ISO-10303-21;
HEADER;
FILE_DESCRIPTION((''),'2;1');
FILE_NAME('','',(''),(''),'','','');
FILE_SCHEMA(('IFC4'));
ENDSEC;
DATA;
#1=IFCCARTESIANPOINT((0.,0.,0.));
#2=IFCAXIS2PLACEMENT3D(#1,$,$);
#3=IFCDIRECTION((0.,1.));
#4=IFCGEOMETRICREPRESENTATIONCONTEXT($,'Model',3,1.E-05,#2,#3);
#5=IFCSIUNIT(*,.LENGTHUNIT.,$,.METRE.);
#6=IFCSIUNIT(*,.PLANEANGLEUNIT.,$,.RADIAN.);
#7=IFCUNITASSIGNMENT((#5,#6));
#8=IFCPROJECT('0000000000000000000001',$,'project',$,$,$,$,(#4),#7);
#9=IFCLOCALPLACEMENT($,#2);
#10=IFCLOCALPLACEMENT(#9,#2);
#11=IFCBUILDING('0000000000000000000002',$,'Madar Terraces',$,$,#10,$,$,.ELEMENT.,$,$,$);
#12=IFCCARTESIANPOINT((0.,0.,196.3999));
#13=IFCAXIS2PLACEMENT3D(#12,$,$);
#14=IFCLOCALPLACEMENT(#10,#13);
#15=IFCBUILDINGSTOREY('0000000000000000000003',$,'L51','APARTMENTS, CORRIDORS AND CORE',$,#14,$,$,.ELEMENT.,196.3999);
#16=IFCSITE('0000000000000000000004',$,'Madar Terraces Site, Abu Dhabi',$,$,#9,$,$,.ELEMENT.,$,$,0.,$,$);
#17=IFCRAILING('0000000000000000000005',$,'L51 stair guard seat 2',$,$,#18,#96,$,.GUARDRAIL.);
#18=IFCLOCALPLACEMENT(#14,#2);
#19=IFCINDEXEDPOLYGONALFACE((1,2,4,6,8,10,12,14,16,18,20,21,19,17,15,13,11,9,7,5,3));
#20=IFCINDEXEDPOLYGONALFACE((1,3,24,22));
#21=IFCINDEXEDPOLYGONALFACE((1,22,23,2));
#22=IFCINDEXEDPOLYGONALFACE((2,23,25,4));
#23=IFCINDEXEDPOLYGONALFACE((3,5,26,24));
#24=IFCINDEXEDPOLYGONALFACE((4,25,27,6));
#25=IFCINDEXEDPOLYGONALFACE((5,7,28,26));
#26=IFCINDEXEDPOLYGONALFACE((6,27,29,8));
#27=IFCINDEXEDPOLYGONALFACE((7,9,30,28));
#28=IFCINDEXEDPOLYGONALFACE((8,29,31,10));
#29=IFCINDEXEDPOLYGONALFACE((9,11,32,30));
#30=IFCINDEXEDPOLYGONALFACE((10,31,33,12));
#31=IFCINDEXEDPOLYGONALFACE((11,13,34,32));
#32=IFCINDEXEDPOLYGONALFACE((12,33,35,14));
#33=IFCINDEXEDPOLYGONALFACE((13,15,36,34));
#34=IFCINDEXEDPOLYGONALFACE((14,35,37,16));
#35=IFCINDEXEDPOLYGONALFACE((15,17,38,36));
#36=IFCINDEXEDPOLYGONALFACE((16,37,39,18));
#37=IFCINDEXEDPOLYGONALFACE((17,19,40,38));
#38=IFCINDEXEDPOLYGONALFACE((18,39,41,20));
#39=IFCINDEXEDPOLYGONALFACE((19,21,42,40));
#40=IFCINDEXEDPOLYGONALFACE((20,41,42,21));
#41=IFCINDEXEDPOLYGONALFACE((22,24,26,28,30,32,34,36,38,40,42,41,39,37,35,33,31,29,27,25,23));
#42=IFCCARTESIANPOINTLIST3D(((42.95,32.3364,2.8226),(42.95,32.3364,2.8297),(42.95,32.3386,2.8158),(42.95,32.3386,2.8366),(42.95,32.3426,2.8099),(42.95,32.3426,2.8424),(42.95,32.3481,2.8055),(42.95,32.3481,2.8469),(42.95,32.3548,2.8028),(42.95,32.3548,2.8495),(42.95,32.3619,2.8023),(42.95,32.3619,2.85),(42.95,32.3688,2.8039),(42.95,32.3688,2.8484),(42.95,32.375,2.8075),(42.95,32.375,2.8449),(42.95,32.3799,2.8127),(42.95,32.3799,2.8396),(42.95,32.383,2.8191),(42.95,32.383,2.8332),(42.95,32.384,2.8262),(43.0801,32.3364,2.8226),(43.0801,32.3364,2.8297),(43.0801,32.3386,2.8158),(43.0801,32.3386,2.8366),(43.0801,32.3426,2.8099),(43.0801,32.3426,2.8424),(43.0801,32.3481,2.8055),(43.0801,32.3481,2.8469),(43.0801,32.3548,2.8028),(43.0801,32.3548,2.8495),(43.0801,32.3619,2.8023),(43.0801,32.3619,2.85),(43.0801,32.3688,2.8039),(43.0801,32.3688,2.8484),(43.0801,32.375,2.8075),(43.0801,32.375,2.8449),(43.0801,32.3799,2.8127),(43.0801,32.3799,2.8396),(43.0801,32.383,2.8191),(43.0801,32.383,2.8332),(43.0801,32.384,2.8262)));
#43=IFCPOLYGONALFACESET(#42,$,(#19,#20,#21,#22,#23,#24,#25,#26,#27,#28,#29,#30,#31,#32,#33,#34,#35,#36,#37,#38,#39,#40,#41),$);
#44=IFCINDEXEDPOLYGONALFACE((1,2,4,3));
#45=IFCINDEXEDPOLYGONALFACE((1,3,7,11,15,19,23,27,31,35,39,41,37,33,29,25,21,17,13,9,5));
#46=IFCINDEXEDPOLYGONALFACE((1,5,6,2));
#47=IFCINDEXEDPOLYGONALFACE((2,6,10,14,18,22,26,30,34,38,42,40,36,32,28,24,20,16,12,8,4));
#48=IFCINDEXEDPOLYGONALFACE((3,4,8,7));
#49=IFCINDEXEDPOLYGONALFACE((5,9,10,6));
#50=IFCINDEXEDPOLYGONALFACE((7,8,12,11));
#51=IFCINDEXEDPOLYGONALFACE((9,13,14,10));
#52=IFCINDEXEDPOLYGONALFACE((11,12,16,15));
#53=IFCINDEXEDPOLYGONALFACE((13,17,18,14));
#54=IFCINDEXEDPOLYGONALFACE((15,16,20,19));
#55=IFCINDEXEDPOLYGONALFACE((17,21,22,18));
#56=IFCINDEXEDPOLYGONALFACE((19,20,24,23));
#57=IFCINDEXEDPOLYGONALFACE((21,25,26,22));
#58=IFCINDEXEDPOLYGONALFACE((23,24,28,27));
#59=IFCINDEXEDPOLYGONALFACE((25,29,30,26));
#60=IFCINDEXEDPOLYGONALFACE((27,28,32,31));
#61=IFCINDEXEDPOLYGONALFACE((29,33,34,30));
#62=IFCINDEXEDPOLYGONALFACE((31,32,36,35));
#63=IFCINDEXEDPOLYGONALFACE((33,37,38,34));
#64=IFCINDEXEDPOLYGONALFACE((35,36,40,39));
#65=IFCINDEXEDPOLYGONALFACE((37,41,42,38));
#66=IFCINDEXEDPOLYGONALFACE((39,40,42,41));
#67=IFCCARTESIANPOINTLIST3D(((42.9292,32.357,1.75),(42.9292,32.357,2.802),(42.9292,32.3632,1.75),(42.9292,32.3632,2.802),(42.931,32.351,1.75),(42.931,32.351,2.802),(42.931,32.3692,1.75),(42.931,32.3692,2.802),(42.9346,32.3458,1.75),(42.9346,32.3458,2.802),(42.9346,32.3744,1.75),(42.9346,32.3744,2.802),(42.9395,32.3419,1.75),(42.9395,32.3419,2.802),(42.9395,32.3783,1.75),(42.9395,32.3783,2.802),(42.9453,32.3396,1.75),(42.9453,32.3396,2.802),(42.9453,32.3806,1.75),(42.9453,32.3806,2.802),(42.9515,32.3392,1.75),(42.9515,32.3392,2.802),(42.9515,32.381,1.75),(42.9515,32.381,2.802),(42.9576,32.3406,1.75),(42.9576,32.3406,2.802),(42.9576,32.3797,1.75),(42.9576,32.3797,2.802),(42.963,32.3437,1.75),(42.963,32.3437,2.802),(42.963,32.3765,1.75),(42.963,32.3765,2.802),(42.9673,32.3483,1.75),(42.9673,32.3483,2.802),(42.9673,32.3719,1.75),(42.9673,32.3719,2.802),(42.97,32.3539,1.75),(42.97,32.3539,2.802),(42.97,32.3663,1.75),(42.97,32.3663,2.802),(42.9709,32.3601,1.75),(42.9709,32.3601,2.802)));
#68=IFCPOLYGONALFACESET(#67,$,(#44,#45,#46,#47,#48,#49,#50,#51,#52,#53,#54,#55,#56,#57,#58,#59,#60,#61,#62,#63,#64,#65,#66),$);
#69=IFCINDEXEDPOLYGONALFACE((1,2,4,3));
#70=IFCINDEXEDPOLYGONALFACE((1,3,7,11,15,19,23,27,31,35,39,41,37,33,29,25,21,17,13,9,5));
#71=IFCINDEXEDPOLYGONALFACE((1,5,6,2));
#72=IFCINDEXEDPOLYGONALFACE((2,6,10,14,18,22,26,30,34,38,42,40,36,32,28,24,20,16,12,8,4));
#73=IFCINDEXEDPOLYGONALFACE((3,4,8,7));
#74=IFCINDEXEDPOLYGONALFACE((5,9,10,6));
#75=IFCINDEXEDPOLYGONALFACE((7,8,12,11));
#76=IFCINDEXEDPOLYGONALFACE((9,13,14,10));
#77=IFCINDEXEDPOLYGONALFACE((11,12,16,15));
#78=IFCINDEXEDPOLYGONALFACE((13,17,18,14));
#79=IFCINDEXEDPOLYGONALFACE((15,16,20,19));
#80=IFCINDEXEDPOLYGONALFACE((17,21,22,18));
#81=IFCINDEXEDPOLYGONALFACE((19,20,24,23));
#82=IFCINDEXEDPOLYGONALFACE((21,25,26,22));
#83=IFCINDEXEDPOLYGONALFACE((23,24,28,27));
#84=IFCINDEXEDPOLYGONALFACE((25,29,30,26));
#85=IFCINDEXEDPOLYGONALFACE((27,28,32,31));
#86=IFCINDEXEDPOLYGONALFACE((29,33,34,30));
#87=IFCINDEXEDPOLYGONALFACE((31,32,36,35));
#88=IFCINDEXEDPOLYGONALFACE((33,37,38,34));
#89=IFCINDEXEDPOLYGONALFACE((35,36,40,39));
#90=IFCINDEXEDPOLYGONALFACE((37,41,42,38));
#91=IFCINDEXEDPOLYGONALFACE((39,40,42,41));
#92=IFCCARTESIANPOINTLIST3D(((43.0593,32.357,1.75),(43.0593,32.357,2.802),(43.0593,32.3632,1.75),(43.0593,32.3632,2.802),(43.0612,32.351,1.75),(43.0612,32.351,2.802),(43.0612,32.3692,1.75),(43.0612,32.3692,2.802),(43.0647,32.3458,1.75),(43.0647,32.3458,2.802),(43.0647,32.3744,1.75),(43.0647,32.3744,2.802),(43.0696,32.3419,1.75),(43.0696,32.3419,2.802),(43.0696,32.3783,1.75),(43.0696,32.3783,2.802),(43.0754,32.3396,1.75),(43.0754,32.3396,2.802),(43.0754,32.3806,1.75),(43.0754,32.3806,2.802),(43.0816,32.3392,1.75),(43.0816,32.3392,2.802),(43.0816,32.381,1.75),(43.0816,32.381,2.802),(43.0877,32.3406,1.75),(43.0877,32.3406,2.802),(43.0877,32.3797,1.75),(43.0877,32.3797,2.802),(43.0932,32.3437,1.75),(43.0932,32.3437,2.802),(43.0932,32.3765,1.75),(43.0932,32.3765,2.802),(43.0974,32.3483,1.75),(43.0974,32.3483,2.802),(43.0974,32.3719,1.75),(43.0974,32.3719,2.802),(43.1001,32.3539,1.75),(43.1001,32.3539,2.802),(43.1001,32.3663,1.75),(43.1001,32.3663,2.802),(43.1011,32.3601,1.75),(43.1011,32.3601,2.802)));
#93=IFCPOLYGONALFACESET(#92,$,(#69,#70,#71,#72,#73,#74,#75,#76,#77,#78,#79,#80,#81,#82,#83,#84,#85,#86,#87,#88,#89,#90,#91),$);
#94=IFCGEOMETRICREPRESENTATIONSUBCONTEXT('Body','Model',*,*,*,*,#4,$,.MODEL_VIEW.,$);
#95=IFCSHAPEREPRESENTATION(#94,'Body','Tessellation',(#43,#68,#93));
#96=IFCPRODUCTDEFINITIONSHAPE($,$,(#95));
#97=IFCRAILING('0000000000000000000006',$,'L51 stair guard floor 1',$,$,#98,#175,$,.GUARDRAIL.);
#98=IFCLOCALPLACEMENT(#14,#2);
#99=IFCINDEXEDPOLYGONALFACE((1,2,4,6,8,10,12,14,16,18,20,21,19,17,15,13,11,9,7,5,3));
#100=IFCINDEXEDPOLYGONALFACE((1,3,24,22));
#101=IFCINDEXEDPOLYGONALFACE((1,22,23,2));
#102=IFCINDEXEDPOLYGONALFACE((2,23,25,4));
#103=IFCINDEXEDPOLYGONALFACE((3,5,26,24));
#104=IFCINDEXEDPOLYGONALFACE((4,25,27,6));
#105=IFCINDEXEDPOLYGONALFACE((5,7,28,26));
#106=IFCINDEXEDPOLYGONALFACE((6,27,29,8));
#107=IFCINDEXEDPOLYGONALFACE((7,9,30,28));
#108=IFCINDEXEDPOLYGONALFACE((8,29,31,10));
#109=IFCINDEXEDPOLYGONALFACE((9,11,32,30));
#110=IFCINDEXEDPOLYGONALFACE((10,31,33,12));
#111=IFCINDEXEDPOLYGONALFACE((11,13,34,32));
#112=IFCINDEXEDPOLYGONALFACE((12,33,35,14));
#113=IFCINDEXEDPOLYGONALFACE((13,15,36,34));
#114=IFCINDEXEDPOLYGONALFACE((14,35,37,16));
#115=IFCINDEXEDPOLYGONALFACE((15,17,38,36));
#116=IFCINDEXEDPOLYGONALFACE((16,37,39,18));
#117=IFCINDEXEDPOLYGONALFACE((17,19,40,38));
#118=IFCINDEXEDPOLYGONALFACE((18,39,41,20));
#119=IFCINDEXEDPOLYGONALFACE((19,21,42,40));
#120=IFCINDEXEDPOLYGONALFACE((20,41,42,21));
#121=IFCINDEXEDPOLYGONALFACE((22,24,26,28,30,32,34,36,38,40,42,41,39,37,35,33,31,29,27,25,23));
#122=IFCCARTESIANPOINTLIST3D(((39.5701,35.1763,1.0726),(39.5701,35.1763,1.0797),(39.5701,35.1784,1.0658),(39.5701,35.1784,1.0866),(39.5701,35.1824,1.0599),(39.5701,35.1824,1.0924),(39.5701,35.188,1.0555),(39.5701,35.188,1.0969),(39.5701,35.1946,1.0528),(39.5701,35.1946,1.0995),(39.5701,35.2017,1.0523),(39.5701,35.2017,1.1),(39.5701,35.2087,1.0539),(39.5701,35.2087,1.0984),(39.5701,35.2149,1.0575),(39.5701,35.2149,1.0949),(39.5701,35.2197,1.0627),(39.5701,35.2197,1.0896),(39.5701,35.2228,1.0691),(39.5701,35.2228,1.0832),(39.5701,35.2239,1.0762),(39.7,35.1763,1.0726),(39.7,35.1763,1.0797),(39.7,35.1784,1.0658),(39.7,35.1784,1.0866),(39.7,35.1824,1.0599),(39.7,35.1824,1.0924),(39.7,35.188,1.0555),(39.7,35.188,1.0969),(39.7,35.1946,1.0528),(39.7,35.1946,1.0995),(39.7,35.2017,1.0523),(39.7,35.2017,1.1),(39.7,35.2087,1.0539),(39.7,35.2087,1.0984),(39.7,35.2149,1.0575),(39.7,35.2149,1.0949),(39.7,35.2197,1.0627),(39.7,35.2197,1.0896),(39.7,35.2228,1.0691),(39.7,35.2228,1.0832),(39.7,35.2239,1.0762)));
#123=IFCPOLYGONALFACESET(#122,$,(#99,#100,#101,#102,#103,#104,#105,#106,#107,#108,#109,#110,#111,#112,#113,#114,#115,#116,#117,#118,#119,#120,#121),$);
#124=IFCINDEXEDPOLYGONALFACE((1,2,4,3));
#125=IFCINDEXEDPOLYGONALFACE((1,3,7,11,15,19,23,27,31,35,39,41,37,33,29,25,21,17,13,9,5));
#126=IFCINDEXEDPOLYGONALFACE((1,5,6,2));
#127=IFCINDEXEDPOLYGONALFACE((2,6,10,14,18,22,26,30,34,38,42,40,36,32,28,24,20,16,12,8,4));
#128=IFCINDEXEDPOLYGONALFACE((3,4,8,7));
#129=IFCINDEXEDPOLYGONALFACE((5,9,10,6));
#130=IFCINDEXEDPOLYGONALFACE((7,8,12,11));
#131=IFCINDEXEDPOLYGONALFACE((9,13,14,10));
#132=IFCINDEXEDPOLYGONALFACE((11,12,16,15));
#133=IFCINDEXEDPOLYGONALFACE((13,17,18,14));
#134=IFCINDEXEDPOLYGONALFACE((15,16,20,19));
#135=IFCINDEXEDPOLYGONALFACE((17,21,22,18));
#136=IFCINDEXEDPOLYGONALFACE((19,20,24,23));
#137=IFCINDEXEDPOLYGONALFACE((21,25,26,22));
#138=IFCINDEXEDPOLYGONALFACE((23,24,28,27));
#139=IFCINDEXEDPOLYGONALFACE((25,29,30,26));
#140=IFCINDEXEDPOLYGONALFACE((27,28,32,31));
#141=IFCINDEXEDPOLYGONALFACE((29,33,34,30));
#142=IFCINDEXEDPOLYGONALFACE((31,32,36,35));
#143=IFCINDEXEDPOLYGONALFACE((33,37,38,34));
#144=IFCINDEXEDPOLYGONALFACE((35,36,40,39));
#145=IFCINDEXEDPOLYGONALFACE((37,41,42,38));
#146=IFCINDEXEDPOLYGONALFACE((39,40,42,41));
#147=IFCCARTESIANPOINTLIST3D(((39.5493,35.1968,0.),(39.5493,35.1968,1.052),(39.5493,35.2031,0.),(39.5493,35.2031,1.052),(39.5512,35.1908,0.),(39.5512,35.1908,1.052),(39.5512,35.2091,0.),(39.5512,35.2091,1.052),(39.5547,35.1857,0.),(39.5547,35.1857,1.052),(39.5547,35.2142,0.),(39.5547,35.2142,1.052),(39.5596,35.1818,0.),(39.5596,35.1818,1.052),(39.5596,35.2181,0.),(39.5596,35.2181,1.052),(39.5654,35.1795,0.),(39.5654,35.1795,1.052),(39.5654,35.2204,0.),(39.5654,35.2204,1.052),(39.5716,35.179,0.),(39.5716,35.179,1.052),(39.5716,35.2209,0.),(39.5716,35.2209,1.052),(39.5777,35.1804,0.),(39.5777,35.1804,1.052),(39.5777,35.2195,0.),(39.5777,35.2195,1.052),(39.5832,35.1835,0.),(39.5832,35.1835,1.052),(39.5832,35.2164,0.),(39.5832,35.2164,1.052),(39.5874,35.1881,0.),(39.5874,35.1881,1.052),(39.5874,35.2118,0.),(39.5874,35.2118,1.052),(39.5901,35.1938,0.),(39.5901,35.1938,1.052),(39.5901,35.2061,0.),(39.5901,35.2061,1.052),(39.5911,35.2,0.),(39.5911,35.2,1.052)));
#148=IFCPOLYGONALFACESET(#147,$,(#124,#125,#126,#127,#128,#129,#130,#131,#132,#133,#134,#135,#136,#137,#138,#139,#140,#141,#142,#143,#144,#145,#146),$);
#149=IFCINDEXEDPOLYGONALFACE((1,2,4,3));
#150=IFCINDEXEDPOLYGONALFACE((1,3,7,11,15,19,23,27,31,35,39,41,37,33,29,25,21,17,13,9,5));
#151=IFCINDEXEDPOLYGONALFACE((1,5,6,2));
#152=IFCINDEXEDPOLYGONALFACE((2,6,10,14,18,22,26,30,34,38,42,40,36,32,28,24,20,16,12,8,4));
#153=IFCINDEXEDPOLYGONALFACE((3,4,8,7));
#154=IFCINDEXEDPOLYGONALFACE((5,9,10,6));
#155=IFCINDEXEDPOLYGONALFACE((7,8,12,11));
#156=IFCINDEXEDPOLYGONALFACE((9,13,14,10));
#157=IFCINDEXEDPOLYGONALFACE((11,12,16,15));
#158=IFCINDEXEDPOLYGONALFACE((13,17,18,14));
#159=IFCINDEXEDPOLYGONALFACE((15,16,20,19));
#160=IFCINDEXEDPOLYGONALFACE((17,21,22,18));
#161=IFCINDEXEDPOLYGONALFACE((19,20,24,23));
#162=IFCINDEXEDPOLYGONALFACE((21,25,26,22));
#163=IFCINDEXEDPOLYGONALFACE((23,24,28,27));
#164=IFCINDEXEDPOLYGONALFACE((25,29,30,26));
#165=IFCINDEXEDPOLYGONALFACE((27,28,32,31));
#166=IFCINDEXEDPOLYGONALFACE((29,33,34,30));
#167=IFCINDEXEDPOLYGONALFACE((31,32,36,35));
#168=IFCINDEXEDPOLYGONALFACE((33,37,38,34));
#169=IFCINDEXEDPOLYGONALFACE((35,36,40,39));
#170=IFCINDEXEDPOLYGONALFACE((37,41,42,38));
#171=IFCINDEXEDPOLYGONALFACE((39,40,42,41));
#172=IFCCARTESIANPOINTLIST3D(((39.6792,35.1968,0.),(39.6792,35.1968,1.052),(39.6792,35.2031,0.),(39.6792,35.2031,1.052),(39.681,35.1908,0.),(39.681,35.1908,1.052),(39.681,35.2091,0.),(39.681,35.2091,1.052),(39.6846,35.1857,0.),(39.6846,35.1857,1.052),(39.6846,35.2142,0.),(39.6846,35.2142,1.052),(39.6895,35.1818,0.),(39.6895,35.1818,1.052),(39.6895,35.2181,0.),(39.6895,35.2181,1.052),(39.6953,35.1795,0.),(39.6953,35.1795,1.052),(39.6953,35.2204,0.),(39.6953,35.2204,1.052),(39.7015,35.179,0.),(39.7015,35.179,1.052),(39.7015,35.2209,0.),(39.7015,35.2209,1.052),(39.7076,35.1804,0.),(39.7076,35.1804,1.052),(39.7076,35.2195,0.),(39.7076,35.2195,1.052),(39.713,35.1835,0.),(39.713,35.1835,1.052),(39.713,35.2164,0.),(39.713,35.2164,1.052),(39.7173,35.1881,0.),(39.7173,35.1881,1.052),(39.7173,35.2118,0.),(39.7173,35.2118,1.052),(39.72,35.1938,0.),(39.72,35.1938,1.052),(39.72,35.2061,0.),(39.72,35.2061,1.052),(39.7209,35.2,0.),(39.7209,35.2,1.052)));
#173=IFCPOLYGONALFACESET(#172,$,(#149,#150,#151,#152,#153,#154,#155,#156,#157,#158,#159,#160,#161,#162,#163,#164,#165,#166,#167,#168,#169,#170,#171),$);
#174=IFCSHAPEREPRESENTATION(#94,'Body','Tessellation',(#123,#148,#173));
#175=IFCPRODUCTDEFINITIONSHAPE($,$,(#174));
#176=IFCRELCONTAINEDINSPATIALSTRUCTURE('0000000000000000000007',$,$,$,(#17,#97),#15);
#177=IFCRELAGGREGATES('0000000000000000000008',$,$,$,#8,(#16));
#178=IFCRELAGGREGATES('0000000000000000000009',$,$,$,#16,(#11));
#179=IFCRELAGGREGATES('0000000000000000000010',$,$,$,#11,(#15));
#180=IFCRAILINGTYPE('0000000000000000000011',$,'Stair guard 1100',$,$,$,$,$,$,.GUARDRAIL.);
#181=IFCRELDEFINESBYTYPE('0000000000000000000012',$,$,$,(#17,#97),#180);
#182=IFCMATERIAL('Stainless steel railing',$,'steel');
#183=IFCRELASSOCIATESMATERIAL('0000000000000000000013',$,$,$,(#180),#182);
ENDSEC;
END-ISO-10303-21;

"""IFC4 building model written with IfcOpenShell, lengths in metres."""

from ifc_helpers import new_model, si_unit, direction, frame, origin, origin_2d, place, context, subcontext, project, spatial, circle, extrude, material, type_object, element, save


model = new_model("IFC4")

# Units and contexts
model_context = context("Model", 3, precision=1e-05, world=origin(), true_north=direction((0.0, 1.0)))
body_context = subcontext(model_context, "Body", "Model", "MODEL_VIEW")
ifc_project = project(units=[si_unit("LENGTHUNIT", "METRE"), si_unit("PLANEANGLEUNIT", "RADIAN")], contexts=[model_context])

# Site, building, storey
site_placement = place(None, origin())
site = spatial("IfcSite", under=ifc_project, at=site_placement, Name="Madar Terraces Site, Abu Dhabi", CompositionType="ELEMENT", RefElevation=0.0)
building_placement = place(site_placement, origin())
building = spatial("IfcBuilding", under=site, at=building_placement, Name="Madar Terraces", CompositionType="ELEMENT")
storey_placement = place(building_placement, frame((0.0, 0.0, 196.3999)))
storey = spatial("IfcBuildingStorey", under=building, at=storey_placement, Name="L51", Description="APARTMENTS, CORRIDORS AND CORE", CompositionType="ELEMENT", Elevation=196.3999)

# Railings
ifc_material_1 = material(Name="Stainless steel railing", Category="steel")
railing_type_1 = type_object("IfcRailingType", Name="Stair guard 1100", PredefinedType="GUARDRAIL", material=ifc_material_1)
railing_1_placement = place(storey_placement, frame((42.95, 32.3601, 1.75)))
element("IfcRailing", 1, at=railing_1_placement, inside=storey, type_object=railing_type_1, Name="L51 stair guard seat 2", PredefinedType="GUARDRAIL", context=body_context, shape_type="SweptSolid", body=[
    extrude(circle(Radius=0.0239, at=origin_2d()), frame((0.0, 0.0, 1.0762), z_axis=(1.0, 0.0, 0.0), x_axis=(0.0, 1.0, 0.0)), (0.0, 0.0, 1.0), 0.1301),
    extrude(circle(Radius=0.021, at=origin_2d()), origin(), (0.0, 0.0, 1.0), 1.052),
    extrude(circle(Radius=0.021, at=origin_2d()), frame((0.1301, 0.0, 0.0)), (0.0, 0.0, 1.0), 1.052),
])
railing_2_placement = place(storey_placement, frame((39.5701, 35.2, 0.0)))
element("IfcRailing", 2, at=railing_2_placement, inside=storey, type_object=railing_type_1, Name="L51 stair guard floor 1", PredefinedType="GUARDRAIL", context=body_context, shape_type="SweptSolid", body=[
    extrude(circle(Radius=0.0239, at=origin_2d()), frame((0.0, 0.0, 1.0762), z_axis=(1.0, 0.0, 0.0), x_axis=(0.0, 1.0, 0.0)), (0.0, 0.0, 1.0), 0.1299),
    extrude(circle(Radius=0.021, at=origin_2d()), origin(), (0.0, 0.0, 1.0), 1.052),
    extrude(circle(Radius=0.021, at=origin_2d()), frame((0.1299, 0.0, 0.0)), (0.0, 0.0, 1.0), 1.052),
])

save(model, "model.ifc")
